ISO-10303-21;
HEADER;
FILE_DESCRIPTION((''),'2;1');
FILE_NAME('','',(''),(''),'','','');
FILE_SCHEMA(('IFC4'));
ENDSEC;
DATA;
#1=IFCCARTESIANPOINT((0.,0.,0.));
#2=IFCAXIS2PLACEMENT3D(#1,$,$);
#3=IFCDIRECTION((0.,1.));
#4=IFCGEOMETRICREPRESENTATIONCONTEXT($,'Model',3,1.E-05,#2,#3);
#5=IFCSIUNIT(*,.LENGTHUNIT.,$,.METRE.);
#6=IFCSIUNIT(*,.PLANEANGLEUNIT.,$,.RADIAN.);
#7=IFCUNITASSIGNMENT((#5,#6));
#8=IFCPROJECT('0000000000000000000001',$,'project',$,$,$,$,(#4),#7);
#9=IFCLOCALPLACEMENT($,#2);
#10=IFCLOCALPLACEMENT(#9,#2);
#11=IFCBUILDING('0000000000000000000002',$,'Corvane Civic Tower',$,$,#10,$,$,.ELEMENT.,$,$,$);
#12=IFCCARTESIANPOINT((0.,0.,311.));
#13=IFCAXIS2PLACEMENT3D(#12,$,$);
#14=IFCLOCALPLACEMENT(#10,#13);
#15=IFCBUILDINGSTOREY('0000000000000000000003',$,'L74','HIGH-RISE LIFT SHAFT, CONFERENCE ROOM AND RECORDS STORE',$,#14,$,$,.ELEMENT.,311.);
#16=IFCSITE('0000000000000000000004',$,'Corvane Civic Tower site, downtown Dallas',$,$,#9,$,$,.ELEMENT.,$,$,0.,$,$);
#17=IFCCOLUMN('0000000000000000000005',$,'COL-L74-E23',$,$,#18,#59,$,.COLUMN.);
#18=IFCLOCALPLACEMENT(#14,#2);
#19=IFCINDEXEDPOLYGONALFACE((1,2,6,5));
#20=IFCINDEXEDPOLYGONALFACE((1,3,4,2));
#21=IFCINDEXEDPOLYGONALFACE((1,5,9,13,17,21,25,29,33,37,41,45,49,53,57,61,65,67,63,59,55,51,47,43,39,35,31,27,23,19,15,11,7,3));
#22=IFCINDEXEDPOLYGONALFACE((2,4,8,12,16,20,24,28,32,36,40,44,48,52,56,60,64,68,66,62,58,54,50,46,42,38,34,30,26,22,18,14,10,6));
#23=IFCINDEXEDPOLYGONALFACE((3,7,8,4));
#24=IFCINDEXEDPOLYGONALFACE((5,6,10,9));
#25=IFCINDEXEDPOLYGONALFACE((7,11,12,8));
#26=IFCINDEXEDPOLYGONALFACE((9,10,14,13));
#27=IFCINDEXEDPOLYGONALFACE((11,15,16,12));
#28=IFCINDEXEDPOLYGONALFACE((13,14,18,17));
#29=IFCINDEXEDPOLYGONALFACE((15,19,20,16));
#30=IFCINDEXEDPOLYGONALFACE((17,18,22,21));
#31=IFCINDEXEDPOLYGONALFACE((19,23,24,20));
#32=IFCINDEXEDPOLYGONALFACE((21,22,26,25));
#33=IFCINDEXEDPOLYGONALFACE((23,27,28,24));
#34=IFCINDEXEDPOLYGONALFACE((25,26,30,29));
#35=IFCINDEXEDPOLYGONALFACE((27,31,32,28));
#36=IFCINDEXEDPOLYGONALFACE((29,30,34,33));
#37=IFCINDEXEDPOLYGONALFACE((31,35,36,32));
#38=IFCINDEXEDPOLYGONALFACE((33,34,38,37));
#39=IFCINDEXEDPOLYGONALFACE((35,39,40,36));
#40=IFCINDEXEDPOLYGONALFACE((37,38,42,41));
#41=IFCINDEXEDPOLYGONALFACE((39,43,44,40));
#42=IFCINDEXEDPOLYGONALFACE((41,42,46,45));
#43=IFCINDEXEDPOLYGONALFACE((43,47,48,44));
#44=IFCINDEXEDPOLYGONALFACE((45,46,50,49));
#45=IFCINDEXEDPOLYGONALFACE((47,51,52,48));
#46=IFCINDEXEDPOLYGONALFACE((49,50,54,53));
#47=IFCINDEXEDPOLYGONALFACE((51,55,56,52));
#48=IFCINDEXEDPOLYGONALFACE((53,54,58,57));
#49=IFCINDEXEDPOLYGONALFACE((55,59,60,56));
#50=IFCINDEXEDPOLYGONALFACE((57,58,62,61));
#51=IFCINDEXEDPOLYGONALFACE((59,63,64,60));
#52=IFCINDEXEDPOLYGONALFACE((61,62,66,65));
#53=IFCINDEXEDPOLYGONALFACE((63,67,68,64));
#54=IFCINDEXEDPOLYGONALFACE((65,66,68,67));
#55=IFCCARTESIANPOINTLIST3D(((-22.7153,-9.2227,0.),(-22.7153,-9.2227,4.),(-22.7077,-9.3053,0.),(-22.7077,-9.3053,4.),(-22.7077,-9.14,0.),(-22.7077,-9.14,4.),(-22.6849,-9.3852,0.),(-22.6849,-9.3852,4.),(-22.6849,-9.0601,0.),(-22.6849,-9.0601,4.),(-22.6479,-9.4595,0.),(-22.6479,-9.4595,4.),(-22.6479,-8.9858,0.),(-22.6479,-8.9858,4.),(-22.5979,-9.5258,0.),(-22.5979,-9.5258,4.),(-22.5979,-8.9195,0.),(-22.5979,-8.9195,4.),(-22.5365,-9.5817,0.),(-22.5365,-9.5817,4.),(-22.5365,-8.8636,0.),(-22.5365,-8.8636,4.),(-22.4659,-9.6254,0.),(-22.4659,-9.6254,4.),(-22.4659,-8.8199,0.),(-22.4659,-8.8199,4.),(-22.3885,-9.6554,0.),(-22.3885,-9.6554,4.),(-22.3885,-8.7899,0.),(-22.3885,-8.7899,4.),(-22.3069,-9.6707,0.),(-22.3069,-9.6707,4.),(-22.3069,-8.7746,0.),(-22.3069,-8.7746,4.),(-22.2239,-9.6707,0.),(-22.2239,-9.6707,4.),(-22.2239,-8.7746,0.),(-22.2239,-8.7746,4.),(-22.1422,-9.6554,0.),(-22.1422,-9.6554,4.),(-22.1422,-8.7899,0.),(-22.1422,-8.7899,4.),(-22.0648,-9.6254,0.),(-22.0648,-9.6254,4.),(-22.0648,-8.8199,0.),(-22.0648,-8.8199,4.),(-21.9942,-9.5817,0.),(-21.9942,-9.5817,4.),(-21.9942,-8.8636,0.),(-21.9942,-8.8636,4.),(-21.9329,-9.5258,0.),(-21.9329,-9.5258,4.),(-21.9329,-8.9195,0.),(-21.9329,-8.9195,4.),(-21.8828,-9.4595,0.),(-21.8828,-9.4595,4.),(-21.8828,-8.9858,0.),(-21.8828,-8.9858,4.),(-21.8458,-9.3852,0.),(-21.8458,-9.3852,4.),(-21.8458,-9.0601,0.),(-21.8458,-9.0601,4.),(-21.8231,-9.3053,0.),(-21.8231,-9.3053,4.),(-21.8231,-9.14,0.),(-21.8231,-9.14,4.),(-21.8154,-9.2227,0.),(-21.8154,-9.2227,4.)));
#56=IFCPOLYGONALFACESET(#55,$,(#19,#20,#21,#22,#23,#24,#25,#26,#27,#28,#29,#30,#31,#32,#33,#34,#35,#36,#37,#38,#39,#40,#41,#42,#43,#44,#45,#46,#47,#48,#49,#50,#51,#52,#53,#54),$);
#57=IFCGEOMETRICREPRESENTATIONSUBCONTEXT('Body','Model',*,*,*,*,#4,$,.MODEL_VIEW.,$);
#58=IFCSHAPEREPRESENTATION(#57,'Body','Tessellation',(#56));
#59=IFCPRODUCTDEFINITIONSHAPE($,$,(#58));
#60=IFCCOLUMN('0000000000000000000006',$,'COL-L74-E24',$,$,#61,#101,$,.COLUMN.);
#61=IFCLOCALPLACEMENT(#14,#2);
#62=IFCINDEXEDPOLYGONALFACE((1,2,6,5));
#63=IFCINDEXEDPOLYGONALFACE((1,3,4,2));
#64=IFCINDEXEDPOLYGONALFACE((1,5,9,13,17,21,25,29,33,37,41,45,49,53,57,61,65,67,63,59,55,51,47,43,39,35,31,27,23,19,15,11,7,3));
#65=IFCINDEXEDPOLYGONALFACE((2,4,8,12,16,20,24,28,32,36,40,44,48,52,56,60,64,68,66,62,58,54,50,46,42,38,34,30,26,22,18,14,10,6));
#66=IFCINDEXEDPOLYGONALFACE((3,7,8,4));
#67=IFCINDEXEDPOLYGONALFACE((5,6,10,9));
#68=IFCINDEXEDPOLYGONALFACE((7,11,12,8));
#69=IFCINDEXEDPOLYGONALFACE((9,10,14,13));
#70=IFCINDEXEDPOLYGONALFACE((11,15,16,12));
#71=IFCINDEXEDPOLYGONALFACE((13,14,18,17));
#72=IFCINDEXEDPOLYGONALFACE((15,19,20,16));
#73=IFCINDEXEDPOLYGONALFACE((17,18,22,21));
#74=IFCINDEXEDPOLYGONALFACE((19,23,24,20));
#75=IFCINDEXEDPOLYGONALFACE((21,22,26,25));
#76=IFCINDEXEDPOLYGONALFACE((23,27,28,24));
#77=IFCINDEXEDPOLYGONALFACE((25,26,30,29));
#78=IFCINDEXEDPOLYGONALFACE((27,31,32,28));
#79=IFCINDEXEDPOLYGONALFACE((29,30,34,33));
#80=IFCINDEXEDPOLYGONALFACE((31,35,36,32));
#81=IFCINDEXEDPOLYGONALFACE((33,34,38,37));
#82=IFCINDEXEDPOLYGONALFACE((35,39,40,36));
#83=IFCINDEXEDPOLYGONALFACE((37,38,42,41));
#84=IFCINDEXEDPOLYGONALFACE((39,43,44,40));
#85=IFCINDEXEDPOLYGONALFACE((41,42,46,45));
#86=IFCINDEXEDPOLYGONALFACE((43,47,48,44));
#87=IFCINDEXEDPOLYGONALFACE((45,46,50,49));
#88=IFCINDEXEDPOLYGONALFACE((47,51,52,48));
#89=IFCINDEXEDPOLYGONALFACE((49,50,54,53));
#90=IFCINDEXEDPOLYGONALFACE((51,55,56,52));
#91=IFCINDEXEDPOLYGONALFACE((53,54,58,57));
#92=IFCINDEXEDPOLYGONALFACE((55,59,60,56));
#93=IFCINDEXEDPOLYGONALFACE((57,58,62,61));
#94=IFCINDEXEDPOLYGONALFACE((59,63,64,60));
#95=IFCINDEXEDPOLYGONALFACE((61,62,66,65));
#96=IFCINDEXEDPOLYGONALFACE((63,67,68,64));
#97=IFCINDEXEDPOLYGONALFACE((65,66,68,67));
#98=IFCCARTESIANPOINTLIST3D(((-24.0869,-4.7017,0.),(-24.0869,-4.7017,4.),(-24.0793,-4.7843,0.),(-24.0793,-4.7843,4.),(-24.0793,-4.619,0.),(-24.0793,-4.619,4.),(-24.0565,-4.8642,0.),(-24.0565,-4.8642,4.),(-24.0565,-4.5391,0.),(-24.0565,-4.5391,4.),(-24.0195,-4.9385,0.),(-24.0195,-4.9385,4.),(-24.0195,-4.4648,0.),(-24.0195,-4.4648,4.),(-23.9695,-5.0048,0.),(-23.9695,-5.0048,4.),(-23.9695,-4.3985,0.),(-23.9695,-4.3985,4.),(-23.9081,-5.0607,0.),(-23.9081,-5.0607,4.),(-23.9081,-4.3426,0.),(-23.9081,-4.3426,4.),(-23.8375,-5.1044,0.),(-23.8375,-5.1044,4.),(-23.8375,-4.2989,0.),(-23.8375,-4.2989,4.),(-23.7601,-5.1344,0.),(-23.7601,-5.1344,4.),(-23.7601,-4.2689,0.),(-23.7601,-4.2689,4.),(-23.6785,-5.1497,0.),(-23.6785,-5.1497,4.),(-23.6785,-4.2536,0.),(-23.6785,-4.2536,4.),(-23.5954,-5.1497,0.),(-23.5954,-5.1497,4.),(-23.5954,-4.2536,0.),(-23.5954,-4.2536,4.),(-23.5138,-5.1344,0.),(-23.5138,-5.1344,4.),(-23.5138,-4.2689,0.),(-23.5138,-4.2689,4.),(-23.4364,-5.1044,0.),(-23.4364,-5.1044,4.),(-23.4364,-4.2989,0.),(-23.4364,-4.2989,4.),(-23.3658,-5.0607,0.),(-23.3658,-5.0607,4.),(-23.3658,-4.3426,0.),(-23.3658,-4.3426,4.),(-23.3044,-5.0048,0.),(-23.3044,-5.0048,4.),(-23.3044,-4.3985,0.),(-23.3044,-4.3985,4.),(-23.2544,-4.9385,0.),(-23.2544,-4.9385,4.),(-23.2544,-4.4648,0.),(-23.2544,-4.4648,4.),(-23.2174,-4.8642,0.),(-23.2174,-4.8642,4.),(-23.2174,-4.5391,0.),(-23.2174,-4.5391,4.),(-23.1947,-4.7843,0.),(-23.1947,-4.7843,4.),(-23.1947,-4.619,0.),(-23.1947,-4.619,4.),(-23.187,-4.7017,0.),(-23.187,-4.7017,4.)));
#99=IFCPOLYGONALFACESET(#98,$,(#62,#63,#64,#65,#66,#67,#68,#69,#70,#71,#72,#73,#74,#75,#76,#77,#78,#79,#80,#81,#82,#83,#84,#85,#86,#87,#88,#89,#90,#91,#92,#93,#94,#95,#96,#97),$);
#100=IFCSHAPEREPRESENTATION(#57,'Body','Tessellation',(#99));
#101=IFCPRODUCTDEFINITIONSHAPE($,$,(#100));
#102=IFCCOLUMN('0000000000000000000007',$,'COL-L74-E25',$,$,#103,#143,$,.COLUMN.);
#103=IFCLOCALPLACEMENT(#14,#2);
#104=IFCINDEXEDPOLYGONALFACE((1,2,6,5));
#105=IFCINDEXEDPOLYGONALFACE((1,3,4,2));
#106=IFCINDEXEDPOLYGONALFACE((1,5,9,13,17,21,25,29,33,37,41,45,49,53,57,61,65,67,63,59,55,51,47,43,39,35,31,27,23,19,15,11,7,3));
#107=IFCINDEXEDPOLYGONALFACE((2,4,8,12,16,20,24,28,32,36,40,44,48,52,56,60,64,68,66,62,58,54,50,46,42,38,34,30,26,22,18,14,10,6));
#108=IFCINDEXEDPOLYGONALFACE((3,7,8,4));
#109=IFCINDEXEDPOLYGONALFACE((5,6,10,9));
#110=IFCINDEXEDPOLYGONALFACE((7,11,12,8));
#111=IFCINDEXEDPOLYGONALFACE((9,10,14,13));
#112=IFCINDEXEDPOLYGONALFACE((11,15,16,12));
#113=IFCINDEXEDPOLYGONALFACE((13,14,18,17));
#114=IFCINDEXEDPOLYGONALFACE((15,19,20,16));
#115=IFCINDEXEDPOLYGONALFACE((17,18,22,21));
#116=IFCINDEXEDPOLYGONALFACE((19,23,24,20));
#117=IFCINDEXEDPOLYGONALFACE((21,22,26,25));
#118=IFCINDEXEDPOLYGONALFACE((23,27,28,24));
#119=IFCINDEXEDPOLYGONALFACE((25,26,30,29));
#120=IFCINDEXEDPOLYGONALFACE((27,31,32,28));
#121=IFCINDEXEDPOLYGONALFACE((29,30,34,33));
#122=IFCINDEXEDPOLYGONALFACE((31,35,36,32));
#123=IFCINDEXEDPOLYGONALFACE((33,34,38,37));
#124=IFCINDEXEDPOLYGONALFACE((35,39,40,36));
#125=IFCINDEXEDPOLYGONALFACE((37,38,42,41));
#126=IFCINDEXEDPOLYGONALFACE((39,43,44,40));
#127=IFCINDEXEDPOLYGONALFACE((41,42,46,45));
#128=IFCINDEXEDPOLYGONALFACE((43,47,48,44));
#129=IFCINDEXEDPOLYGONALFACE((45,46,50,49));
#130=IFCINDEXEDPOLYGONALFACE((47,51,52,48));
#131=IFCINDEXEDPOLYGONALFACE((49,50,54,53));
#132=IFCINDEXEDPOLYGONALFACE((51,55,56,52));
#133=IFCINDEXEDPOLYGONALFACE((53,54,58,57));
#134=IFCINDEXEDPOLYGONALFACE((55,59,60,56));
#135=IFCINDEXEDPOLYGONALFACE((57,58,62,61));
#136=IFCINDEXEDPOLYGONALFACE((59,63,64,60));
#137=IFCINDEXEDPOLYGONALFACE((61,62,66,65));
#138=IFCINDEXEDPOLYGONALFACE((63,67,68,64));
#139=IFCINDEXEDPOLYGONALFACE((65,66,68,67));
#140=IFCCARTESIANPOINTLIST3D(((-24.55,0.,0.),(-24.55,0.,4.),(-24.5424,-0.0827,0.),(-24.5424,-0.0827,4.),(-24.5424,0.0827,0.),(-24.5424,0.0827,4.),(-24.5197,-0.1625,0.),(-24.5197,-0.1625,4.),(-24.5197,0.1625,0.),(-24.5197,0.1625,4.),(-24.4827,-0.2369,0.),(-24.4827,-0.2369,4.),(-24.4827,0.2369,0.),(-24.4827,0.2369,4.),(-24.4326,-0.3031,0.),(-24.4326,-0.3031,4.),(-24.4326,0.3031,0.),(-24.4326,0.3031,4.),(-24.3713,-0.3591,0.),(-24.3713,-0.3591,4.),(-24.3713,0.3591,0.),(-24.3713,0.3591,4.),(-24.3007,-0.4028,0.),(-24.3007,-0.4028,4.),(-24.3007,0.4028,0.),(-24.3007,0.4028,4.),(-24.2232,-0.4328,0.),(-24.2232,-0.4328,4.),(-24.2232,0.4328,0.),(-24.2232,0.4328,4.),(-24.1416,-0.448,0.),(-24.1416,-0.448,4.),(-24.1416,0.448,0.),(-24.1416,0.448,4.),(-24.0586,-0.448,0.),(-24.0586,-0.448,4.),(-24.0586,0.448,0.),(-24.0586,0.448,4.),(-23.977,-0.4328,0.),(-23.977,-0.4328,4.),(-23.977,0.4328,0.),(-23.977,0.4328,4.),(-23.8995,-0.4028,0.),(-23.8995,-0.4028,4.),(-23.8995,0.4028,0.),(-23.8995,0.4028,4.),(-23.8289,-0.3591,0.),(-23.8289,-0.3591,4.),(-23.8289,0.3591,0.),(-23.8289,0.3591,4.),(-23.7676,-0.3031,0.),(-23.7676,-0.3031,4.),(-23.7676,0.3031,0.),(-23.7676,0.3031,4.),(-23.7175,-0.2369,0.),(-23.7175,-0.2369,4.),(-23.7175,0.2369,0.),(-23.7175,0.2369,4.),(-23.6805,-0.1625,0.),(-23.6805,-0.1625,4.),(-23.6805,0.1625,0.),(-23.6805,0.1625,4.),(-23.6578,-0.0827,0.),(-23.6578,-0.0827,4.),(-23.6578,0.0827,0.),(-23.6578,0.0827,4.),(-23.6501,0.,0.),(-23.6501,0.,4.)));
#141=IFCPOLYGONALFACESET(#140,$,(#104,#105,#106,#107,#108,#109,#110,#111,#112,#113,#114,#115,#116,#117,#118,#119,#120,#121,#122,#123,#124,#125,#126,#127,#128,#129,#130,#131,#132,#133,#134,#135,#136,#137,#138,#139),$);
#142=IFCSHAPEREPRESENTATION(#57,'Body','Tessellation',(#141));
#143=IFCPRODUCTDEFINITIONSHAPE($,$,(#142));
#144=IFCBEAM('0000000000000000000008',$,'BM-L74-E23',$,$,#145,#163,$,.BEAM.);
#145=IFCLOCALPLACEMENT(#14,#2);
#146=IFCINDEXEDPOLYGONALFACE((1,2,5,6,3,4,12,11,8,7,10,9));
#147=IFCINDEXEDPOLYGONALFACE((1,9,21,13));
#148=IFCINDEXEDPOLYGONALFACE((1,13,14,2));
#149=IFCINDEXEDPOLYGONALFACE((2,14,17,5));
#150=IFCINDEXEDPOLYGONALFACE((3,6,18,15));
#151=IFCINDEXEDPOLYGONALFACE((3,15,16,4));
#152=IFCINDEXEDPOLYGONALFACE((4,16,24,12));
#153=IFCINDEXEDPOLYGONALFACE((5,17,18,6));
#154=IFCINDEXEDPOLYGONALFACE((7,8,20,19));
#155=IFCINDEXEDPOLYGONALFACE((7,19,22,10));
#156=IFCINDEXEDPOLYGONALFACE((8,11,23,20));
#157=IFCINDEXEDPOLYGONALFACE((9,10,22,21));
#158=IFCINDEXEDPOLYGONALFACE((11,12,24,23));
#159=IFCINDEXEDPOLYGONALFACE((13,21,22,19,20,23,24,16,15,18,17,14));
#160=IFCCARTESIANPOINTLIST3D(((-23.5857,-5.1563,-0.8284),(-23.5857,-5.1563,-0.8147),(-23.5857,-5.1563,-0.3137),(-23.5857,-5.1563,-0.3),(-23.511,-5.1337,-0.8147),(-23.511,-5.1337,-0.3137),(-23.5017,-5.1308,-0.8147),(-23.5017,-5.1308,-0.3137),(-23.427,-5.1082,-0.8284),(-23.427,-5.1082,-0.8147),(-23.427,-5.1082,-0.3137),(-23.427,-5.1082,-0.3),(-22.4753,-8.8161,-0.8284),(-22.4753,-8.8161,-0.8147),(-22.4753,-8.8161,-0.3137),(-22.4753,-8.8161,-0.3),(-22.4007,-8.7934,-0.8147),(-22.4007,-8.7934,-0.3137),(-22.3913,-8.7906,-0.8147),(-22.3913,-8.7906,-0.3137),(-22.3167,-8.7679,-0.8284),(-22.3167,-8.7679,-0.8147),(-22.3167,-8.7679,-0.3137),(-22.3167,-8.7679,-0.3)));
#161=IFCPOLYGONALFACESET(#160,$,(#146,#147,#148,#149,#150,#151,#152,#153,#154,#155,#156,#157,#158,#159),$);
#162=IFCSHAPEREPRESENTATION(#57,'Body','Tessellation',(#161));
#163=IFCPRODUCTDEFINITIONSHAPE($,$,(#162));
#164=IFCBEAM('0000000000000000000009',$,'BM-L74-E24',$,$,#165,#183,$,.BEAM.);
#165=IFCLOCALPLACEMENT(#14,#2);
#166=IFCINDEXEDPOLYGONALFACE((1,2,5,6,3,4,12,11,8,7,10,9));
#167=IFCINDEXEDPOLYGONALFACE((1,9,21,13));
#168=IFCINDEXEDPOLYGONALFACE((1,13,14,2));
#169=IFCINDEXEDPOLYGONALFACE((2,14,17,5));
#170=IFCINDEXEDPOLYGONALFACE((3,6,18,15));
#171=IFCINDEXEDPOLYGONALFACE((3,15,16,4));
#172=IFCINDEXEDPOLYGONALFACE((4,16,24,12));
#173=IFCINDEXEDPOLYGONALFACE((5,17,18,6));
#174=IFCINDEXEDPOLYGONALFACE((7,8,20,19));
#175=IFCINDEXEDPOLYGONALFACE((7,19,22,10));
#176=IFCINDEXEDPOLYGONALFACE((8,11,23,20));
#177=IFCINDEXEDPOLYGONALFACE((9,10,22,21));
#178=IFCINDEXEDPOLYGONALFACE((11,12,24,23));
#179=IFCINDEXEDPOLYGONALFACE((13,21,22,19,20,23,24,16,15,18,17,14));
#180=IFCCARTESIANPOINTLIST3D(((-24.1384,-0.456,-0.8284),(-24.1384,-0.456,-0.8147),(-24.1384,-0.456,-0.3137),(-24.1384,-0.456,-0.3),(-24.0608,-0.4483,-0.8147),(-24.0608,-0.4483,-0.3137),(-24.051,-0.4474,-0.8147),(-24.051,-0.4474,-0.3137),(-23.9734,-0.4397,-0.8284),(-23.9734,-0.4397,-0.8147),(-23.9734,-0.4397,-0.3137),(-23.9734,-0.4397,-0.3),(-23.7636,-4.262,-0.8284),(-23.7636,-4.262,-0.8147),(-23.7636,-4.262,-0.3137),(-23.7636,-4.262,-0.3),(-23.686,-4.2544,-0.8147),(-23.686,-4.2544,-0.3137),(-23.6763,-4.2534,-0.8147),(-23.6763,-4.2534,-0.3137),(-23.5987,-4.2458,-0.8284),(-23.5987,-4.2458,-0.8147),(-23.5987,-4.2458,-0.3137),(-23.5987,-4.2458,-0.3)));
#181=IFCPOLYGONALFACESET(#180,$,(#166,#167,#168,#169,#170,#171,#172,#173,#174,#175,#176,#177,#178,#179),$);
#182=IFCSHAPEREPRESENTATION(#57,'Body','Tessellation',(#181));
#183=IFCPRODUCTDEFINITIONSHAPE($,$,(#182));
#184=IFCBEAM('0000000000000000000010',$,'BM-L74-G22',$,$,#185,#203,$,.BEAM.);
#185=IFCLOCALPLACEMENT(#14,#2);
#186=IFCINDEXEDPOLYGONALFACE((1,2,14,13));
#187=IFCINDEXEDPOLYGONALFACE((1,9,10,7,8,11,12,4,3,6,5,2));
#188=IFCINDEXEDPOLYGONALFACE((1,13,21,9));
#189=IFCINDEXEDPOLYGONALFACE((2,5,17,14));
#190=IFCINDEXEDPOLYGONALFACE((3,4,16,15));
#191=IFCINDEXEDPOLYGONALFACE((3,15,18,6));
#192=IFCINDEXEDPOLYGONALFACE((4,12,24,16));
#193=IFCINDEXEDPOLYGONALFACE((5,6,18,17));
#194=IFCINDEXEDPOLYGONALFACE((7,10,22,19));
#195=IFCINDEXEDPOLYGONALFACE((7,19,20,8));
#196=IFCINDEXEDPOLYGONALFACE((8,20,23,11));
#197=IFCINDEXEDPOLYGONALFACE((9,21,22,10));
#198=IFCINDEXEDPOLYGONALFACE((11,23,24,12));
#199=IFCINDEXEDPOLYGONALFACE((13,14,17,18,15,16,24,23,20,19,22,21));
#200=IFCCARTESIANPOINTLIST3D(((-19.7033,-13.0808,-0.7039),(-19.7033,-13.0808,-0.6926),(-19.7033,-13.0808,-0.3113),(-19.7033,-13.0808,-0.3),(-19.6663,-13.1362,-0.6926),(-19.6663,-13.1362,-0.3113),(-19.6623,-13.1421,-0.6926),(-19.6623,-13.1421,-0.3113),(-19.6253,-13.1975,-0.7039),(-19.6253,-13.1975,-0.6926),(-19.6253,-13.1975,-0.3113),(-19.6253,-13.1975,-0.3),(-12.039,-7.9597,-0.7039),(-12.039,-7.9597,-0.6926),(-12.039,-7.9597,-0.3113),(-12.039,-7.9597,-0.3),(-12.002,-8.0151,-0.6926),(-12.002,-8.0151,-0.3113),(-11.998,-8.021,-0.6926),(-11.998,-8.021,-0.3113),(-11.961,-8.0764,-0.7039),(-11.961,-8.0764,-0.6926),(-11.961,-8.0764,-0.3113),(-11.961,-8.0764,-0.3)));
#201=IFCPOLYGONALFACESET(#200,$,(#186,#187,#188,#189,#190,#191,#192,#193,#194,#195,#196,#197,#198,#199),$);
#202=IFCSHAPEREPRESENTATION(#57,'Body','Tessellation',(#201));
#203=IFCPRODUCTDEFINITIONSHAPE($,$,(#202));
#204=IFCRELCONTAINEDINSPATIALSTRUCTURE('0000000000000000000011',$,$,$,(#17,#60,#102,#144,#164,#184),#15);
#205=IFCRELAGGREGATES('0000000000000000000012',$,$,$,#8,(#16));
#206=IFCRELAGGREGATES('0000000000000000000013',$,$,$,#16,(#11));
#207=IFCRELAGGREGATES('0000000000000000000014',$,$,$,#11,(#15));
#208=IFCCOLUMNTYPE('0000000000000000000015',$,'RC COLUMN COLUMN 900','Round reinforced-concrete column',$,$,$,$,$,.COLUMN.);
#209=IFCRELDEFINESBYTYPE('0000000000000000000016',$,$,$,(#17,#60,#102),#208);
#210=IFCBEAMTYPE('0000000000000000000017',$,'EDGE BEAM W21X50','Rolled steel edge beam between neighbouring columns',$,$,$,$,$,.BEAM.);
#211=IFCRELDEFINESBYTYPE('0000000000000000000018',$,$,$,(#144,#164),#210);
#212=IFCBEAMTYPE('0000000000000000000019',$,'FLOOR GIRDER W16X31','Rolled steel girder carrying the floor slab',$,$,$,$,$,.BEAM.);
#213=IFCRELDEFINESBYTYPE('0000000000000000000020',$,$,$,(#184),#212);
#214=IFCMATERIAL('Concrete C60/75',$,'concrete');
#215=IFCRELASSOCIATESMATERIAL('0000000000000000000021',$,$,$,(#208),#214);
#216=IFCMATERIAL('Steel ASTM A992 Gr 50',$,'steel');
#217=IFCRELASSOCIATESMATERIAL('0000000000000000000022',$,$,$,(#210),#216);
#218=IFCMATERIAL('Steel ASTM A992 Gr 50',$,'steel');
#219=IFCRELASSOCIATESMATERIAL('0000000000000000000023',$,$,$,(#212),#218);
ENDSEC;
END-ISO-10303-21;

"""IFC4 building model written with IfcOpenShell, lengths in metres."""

from ifc_helpers import new_model, si_unit, direction, frame, origin, origin_2d, place, context, subcontext, project, spatial, circle, i_section, extrude, material, material_profile, profile_set, type_object, element, save


model = new_model("IFC4")

# Units and contexts
model_context = context("Model", 3, precision=1e-05, world=origin(), true_north=direction((0.0, 1.0)))
body_context = subcontext(model_context, "Body", "Model", "MODEL_VIEW")
ifc_project = project(units=[si_unit("LENGTHUNIT", "METRE"), si_unit("PLANEANGLEUNIT", "RADIAN")], contexts=[model_context])

# Site, building, storey
site_placement = place(None, origin())
site = spatial("IfcSite", under=ifc_project, at=site_placement, Name="Corvane Civic Tower site, downtown Dallas", CompositionType="ELEMENT", RefElevation=0.0)
building_placement = place(site_placement, origin())
building = spatial("IfcBuilding", under=site, at=building_placement, Name="Corvane Civic Tower", CompositionType="ELEMENT")
storey_placement = place(building_placement, frame((0.0, 0.0, 311.0)))
storey = spatial("IfcBuildingStorey", under=building, at=storey_placement, Name="L74", Description="HIGH-RISE LIFT SHAFT, CONFERENCE ROOM AND RECORDS STORE", CompositionType="ELEMENT", Elevation=311.0)

# Columns
ifc_material_1 = material(Name="Concrete C60/75", Category="concrete")
ifc_material_profile_1 = material_profile(ifc_material_1, circle(Radius=0.45, at=origin_2d()), Name="COLUMN 900")
ifc_profile_set_1 = profile_set([ifc_material_profile_1], Name="Concrete C60/75")
column_type = type_object("IfcColumnType", Name="RC COLUMN COLUMN 900", Description="Round reinforced-concrete column", PredefinedType="COLUMN", material=ifc_profile_set_1)
for number, where, z_axis, x_axis, name in (
    (1, (-22.2654, -9.2227, 0.0), (0.0, 0.0, 1.0), (1.0, 0.0, 0.0), "COL-L74-E23"),
    (2, (-23.637, -4.7017, 0.0), (0.0, 0.0, 1.0), (1.0, 0.0, 0.0), "COL-L74-E24"),
    (3, (-24.1001, 0.0, 0.0), (0.0, 0.0, 1.0), (1.0, 0.0, 0.0), "COL-L74-E25"),
):
    element("IfcColumn", number, at=place(storey_placement, frame(where, z_axis=z_axis, x_axis=x_axis)), inside=storey, type_object=column_type, Name=name, PredefinedType="COLUMN", context=body_context, shape_type="SweptSolid", body=[
        extrude(circle(Radius=0.45, at=origin_2d()), origin(), (0.0, 0.0, 1.0), 4.0),
    ])

# Beams
ifc_material_2 = material(Name="Steel ASTM A992 Gr 50", Category="steel")
ifc_material_profile_2 = material_profile(ifc_material_2, i_section(OverallWidth=0.1658, OverallDepth=0.5283, WebThickness=0.0098, FlangeThickness=0.0137, at=origin_2d()), Name="W21X50")
ifc_profile_set_2 = profile_set([ifc_material_profile_2], Name="Steel ASTM A992 Gr 50")
beam_type_1 = type_object("IfcBeamType", Name="EDGE BEAM W21X50", Description="Rolled steel edge beam between neighbouring columns", PredefinedType="BEAM", material=ifc_profile_set_2)
for number, where, z_axis, x_axis, name in (
    (4, (-22.396, -8.792, -0.5642), (-0.290333, 0.956926, 0.0), (-0.956926, -0.290333, 0.0), "BM-L74-E23"),
    (5, (-23.6812, -4.2539, -0.5642), (-0.097987, 0.995188, 0.0), (-0.995188, -0.097987, 0.0), "BM-L74-E24"),
):
    element("IfcBeam", number, at=place(storey_placement, frame(where, z_axis=z_axis, x_axis=x_axis)), inside=storey, type_object=beam_type_1, Name=name, PredefinedType="BEAM", context=body_context, shape_type="SweptSolid", body=[
        extrude(i_section(OverallWidth=0.1658, OverallDepth=0.5283, WebThickness=0.0098, FlangeThickness=0.0137, at=origin_2d()), origin(), (0.0, 0.0, 1.0), 3.8245),
    ])
ifc_material_3 = material(Name="Steel ASTM A992 Gr 50", Category="steel")
ifc_material_profile_3 = material_profile(ifc_material_3, i_section(OverallWidth=0.1404, OverallDepth=0.4038, WebThickness=0.0071, FlangeThickness=0.0112, at=origin_2d()), Name="W16X31")
ifc_profile_set_3 = profile_set([ifc_material_profile_3], Name="Steel ASTM A992 Gr 50")
beam_type_2 = type_object("IfcBeamType", Name="FLOOR GIRDER W16X31", Description="Rolled steel girder carrying the floor slab", PredefinedType="BEAM", material=ifc_profile_set_3)
beam_1_placement = place(storey_placement, frame((-12.0, -8.0181, -0.502), z_axis=(-0.831471, -0.555568, 0.0), x_axis=(0.555568, -0.831471, 0.0)))
element("IfcBeam", 6, at=beam_1_placement, inside=storey, type_object=beam_type_2, Name="BM-L74-G22", PredefinedType="BEAM", context=body_context, shape_type="SweptSolid", body=[
    extrude(i_section(OverallWidth=0.1404, OverallDepth=0.4038, WebThickness=0.0071, FlangeThickness=0.0112, at=origin_2d()), origin(), (0.0, 0.0, 1.0), 9.2178),
])

save(model, "model.ifc")
